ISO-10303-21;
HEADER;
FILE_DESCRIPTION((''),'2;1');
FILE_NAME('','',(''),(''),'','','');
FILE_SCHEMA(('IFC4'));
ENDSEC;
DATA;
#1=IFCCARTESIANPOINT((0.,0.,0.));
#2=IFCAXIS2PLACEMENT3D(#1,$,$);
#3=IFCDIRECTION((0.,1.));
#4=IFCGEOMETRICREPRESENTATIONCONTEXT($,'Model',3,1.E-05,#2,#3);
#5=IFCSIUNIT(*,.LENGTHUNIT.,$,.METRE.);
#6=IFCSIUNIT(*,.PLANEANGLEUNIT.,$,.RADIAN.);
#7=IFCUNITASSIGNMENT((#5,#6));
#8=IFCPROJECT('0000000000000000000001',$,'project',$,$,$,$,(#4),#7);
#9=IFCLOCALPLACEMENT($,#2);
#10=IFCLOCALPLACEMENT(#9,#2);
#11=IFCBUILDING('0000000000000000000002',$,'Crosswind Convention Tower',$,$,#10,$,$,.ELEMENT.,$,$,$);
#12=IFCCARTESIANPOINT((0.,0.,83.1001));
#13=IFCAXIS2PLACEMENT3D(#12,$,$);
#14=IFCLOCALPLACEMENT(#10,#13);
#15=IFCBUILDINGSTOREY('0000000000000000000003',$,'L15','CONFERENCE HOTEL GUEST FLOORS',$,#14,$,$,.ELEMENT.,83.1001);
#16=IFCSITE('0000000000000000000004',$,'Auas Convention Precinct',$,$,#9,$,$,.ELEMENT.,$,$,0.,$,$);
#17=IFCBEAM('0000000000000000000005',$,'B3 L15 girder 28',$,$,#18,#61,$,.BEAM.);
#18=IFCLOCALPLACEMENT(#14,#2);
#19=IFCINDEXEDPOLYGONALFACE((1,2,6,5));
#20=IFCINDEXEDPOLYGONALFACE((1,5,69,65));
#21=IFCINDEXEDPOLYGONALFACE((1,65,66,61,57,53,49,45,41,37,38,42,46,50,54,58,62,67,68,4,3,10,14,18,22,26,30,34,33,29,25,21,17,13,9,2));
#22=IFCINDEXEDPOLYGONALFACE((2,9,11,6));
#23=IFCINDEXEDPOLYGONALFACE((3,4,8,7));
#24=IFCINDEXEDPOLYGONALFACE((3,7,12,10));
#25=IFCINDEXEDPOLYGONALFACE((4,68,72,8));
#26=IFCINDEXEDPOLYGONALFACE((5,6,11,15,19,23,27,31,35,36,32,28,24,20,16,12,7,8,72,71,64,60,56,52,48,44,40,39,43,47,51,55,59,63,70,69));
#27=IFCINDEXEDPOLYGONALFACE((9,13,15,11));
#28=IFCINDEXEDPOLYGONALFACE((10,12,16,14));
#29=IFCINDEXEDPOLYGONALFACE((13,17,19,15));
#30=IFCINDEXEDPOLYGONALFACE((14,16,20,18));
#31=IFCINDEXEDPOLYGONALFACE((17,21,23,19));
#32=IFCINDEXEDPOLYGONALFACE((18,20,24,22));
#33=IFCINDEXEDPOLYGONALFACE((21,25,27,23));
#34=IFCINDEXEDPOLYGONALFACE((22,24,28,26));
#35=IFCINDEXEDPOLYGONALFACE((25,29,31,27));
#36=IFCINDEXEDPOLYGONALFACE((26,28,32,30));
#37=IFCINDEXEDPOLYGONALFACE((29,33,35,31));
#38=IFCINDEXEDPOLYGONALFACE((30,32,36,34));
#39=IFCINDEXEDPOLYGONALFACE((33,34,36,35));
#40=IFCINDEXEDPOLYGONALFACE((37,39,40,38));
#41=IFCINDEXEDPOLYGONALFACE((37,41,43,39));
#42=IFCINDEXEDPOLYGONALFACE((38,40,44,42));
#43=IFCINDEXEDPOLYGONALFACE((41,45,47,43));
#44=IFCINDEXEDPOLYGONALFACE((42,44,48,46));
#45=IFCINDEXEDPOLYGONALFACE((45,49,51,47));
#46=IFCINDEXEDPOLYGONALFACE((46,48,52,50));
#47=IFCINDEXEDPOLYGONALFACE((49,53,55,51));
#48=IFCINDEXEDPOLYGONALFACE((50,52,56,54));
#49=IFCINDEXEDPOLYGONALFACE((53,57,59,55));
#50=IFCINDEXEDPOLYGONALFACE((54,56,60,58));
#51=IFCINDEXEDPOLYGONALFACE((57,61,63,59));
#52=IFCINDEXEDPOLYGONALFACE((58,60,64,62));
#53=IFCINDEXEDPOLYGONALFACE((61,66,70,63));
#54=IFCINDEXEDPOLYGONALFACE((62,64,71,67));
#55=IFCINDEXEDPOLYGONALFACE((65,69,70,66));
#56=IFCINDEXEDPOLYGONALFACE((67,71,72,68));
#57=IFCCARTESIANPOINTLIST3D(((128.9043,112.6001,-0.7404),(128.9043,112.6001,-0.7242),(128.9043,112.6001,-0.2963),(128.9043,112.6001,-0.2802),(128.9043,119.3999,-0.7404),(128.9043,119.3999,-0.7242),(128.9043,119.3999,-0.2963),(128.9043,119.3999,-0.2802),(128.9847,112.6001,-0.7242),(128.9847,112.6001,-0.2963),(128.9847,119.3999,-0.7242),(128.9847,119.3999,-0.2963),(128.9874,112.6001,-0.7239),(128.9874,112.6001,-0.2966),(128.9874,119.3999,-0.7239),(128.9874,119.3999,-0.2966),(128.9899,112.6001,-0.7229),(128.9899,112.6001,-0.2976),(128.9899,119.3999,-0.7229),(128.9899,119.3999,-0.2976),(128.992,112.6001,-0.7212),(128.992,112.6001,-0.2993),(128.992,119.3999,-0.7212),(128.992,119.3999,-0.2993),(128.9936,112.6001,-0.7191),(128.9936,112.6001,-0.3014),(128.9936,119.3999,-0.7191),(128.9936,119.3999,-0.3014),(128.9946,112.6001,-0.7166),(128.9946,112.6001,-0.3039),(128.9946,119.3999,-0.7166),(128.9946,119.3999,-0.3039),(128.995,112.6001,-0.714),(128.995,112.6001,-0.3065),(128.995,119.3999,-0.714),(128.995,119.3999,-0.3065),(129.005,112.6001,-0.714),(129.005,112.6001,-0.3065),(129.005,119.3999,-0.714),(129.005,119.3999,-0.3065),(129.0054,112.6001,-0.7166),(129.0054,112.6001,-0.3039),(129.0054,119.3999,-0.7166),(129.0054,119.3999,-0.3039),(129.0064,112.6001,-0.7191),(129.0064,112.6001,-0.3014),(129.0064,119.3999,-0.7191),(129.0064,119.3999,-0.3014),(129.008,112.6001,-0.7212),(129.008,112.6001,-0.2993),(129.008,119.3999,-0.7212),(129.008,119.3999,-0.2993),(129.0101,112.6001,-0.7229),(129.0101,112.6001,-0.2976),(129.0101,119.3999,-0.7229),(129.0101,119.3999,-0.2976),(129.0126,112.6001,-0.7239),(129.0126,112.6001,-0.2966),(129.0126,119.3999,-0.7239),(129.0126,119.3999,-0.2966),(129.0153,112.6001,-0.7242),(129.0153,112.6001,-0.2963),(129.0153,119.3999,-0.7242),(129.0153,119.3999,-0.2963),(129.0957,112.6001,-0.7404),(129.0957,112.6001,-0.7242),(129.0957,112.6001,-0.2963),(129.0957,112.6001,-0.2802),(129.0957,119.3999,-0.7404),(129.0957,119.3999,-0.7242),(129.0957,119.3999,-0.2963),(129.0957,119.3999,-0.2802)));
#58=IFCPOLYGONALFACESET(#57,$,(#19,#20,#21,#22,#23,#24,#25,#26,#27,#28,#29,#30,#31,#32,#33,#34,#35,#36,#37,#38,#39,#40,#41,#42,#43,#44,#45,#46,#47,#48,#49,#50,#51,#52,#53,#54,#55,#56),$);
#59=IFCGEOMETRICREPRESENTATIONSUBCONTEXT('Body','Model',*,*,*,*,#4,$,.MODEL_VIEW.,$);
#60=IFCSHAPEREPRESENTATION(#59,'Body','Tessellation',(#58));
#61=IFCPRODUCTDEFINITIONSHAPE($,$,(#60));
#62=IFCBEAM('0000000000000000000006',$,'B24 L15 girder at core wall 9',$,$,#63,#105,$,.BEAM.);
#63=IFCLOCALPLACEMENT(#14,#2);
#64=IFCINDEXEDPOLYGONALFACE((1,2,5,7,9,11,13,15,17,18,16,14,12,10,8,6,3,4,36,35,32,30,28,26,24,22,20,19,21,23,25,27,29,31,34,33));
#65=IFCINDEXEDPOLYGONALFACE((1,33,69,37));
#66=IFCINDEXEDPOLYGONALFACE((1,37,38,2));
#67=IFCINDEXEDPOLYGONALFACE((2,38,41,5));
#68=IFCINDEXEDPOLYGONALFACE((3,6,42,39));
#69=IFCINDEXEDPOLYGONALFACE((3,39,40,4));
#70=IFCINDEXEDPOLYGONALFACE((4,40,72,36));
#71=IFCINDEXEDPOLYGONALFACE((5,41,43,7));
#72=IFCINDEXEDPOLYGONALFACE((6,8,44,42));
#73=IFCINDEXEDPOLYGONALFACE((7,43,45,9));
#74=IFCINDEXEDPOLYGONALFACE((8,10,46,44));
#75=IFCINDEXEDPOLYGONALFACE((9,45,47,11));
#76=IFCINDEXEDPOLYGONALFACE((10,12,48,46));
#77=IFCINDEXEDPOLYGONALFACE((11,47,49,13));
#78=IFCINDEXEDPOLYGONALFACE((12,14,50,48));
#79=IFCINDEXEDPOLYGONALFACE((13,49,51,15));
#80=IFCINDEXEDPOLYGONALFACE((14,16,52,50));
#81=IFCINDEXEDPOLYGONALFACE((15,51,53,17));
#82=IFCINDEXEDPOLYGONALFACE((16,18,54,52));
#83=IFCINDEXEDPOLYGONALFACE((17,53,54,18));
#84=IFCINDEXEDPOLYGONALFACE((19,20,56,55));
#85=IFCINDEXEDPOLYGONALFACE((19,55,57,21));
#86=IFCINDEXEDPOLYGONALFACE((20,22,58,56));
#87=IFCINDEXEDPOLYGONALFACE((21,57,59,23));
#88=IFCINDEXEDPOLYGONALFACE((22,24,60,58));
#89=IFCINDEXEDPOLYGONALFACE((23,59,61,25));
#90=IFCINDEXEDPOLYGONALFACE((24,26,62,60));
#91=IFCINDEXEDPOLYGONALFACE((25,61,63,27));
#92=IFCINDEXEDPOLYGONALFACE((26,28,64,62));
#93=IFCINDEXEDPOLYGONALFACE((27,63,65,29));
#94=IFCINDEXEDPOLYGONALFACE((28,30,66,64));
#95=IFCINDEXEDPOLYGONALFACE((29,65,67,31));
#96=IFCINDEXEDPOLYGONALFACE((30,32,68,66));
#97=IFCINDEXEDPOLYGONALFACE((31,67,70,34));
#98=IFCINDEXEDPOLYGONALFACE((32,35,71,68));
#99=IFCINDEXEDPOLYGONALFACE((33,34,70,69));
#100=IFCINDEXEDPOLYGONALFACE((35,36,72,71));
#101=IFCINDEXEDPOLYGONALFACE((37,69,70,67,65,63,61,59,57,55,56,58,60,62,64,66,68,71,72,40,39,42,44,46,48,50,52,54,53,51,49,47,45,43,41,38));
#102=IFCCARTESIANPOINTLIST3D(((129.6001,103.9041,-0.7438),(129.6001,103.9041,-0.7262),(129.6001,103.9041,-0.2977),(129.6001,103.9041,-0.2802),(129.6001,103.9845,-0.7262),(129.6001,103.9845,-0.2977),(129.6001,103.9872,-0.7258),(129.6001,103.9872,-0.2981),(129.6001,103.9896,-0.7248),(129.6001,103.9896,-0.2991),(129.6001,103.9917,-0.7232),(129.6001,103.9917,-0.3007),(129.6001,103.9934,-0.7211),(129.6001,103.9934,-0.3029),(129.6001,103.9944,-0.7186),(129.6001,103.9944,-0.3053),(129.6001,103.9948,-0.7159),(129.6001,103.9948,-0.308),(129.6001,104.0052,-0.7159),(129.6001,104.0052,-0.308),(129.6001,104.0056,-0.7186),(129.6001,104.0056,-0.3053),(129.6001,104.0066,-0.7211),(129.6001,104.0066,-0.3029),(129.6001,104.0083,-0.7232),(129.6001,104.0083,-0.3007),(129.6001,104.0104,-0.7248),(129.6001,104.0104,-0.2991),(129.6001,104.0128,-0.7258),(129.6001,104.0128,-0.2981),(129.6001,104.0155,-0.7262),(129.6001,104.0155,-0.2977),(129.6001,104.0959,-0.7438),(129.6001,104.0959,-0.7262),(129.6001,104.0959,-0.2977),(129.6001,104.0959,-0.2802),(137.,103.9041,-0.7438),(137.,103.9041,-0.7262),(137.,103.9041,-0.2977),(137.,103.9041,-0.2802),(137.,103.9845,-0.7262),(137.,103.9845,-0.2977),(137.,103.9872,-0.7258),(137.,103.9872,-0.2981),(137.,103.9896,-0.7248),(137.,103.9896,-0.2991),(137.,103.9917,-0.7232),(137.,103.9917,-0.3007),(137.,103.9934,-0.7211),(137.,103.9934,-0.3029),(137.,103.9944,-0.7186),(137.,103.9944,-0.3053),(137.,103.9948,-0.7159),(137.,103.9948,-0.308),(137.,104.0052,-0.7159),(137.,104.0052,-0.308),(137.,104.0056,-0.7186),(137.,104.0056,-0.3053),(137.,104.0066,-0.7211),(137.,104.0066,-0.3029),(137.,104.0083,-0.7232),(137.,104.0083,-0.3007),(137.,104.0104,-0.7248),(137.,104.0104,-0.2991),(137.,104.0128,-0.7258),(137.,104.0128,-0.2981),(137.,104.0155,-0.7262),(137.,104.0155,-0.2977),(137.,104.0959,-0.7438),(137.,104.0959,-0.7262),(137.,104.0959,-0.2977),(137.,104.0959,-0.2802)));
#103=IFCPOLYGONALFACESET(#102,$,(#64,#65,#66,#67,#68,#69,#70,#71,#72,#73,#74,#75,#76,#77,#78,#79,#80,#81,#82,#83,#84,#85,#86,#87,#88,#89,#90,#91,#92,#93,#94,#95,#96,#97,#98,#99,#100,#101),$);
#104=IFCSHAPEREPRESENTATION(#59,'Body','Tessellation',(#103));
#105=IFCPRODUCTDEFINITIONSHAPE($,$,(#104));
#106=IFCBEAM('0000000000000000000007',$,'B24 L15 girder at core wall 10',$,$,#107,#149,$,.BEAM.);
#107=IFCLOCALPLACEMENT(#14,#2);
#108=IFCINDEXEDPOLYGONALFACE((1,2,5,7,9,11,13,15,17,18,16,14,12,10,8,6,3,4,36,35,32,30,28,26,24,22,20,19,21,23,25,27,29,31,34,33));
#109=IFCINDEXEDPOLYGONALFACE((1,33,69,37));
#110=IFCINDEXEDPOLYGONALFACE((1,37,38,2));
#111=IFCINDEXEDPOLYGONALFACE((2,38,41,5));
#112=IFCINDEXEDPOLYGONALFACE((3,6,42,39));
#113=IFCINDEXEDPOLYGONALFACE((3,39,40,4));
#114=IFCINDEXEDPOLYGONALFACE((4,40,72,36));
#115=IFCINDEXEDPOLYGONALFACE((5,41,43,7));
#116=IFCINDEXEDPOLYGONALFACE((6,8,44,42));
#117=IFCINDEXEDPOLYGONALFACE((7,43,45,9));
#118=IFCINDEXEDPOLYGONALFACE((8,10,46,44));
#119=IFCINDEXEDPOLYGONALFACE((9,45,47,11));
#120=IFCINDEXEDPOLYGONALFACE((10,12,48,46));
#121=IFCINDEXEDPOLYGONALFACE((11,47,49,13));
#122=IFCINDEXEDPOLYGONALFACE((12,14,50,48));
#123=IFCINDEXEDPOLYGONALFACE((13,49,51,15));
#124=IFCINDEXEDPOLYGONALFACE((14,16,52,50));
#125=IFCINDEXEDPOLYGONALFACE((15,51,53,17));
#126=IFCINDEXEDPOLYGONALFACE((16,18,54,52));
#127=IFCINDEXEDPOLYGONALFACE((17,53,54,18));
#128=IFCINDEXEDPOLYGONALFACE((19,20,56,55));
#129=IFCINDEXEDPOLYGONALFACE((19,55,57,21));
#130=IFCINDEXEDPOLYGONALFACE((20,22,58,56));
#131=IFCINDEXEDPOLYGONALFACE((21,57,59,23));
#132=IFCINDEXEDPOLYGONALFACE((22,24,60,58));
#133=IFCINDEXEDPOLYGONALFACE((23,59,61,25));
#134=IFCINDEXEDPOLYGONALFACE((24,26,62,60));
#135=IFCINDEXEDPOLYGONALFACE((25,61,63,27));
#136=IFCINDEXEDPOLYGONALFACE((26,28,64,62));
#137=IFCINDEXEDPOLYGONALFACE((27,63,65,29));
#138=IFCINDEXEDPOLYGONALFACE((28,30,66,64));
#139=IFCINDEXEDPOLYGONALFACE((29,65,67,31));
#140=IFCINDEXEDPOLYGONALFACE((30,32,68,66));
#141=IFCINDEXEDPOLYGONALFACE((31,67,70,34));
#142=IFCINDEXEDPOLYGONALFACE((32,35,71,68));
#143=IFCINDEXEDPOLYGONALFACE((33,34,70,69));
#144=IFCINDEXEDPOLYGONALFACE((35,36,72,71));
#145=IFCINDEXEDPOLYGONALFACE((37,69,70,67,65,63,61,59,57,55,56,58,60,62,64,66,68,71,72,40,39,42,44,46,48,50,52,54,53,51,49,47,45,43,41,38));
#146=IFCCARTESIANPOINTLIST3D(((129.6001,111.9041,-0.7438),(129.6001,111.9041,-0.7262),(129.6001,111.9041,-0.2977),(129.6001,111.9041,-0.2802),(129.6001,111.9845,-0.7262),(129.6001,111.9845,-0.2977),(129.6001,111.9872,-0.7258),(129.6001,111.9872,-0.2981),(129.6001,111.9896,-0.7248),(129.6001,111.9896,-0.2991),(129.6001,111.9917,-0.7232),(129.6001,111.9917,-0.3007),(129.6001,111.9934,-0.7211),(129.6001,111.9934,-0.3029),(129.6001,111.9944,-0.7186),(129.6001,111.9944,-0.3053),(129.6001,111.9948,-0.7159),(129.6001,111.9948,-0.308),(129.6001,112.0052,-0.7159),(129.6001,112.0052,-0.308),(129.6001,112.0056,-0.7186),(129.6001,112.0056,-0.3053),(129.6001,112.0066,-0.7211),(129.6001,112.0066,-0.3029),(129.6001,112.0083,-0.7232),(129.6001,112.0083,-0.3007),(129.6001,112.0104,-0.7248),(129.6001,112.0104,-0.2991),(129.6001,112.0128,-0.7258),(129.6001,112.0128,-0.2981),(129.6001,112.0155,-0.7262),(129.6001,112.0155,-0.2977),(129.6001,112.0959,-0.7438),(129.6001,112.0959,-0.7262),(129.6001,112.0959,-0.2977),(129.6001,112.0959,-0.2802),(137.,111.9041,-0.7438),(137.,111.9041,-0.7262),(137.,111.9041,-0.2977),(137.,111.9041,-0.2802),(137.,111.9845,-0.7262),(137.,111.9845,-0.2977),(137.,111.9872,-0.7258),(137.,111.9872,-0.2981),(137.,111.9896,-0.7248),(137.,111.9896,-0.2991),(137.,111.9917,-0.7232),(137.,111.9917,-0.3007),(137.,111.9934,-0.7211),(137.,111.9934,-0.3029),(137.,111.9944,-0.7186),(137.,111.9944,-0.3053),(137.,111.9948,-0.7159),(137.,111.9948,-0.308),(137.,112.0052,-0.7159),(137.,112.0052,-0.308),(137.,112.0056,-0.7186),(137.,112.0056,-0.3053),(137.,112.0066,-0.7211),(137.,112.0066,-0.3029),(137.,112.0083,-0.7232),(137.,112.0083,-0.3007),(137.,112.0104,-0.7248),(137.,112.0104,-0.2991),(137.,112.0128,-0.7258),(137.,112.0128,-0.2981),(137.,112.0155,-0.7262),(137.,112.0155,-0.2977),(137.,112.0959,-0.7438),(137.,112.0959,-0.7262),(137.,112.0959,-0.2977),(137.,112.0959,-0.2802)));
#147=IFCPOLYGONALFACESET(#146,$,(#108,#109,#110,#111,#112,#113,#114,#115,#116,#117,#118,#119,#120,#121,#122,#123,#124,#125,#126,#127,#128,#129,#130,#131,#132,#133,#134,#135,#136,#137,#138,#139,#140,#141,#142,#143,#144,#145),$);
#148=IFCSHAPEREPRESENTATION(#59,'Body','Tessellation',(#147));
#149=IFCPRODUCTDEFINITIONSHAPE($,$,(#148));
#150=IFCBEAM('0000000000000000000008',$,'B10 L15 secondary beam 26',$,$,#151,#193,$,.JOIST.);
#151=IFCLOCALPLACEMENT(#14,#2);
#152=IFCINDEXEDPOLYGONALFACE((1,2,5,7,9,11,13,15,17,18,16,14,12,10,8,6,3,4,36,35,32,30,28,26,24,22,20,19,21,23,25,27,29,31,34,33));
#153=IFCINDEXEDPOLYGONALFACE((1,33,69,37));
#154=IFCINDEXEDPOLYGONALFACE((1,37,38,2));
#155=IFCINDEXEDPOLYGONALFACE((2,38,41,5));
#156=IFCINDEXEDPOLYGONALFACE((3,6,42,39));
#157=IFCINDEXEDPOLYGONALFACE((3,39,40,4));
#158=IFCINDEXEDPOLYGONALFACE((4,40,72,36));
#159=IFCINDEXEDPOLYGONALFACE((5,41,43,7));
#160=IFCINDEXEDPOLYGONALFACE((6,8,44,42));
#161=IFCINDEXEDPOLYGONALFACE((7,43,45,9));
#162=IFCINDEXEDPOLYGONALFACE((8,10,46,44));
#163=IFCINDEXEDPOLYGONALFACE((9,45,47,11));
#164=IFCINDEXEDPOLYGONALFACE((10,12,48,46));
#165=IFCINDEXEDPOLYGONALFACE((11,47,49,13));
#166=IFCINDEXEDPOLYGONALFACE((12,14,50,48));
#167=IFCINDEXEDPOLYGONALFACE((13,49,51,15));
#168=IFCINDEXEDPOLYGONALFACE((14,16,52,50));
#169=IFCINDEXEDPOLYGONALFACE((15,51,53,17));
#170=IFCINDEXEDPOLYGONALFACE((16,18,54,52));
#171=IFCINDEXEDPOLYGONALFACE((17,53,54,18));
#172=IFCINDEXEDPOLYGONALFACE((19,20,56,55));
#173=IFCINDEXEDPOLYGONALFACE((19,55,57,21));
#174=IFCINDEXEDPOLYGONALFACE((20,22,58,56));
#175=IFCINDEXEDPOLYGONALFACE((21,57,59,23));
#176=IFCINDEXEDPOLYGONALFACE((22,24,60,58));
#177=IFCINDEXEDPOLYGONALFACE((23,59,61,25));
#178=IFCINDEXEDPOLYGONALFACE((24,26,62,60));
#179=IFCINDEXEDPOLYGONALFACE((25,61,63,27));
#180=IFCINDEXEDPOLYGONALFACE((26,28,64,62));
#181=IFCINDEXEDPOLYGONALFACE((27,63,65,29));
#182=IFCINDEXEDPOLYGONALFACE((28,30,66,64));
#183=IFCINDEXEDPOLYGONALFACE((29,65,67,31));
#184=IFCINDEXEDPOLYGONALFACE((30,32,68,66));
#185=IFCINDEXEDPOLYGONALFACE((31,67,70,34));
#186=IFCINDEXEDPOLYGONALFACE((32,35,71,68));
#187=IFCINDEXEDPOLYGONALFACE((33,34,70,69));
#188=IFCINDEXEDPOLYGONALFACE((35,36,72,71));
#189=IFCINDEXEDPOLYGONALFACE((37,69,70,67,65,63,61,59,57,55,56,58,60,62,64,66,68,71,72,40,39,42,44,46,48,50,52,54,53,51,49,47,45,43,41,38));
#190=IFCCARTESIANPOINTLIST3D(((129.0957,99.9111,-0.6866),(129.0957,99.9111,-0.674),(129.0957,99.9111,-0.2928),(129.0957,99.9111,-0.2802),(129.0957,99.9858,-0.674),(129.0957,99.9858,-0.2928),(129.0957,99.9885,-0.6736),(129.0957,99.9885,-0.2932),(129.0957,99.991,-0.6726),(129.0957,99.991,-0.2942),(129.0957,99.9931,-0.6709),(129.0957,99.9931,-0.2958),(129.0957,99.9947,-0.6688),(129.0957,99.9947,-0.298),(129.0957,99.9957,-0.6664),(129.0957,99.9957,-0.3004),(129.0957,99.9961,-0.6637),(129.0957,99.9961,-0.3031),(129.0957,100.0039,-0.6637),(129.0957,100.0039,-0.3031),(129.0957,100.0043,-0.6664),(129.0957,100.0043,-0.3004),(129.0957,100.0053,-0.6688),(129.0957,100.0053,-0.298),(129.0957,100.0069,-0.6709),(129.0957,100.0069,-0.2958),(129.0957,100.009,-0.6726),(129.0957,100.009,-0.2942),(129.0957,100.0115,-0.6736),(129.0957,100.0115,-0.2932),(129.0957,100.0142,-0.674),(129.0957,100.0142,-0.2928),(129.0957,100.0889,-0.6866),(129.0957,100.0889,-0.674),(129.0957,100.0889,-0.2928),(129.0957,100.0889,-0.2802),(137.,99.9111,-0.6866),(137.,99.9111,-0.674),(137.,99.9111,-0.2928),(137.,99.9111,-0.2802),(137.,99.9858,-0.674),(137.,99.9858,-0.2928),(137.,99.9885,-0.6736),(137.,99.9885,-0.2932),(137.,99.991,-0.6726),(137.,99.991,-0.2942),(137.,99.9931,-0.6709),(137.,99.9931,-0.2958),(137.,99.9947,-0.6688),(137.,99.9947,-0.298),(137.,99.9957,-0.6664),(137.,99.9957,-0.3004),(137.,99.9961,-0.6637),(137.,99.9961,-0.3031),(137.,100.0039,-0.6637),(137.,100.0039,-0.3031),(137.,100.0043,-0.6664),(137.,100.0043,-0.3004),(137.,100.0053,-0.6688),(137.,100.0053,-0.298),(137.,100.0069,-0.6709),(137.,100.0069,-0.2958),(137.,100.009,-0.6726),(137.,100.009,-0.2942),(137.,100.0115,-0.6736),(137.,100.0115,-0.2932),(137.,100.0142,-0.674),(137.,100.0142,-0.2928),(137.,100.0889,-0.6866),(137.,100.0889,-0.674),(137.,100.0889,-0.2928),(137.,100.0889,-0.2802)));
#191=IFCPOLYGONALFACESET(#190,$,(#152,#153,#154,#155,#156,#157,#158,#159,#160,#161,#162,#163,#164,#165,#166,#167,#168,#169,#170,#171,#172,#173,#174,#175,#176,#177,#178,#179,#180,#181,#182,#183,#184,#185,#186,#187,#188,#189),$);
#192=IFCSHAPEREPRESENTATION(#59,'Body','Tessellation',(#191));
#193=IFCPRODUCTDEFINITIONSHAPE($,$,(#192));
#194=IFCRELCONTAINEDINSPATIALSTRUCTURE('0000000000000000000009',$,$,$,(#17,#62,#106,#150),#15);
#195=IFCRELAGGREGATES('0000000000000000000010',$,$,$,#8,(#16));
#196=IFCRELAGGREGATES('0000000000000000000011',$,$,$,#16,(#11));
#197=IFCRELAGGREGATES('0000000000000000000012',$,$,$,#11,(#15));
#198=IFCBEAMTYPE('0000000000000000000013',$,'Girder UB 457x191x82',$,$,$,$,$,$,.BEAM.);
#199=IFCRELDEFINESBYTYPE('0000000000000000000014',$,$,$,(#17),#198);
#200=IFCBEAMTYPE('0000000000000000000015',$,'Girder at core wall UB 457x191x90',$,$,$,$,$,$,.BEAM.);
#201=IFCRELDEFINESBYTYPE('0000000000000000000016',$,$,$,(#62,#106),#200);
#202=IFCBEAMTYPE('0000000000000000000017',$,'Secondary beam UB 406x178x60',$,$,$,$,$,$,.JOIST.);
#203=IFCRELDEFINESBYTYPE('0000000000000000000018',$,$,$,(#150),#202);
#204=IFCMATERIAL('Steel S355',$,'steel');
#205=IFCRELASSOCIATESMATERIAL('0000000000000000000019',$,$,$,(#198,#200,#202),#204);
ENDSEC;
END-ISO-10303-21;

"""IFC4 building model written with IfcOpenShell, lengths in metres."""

from ifc_helpers import new_model, si_unit, direction, frame, origin, origin_2d, place, context, subcontext, project, spatial, i_section, extrude, material, material_profile, profile_set, type_object, element, save


model = new_model("IFC4")

# Units and contexts
model_context = context("Model", 3, precision=1e-05, world=origin(), true_north=direction((0.0, 1.0)))
body_context = subcontext(model_context, "Body", "Model", "MODEL_VIEW")
ifc_project = project(units=[si_unit("LENGTHUNIT", "METRE"), si_unit("PLANEANGLEUNIT", "RADIAN")], contexts=[model_context])

# Site, building, storey
site_placement = place(None, origin())
site = spatial("IfcSite", under=ifc_project, at=site_placement, Name="Auas Convention Precinct", CompositionType="ELEMENT", RefElevation=0.0)
building_placement = place(site_placement, origin())
building = spatial("IfcBuilding", under=site, at=building_placement, Name="Crosswind Convention Tower", CompositionType="ELEMENT")
storey_placement = place(building_placement, frame((0.0, 0.0, 83.1001)))
storey = spatial("IfcBuildingStorey", under=building, at=storey_placement, Name="L15", Description="CONFERENCE HOTEL GUEST FLOORS", CompositionType="ELEMENT", Elevation=83.1001)

# Beams
ifc_material_1 = material(Name="Steel S355", Category="steel")
ifc_material_profile_1 = material_profile(ifc_material_1, i_section(OverallWidth=0.1914, OverallDepth=0.4602, WebThickness=0.01, FlangeThickness=0.0161, FilletRadius=0.0103, at=origin_2d()), Name="UB 457x191x82")
ifc_profile_set_1 = profile_set([ifc_material_profile_1], Name="Steel S355")
beam_type_1 = type_object("IfcBeamType", Name="Girder UB 457x191x82", PredefinedType="BEAM", material=ifc_profile_set_1)
for number, where, z_axis, x_axis, name in (
    (1, (129.0, 112.6001, -0.5103), (0.0, 1.0, 0.0), (-1.0, 0.0, 0.0), "B3 L15 girder 28"),
):
    element("IfcBeam", number, at=place(storey_placement, frame(where, z_axis=z_axis, x_axis=x_axis)), inside=storey, type_object=beam_type_1, Name=name, PredefinedType="BEAM", context=body_context, shape_type="SweptSolid", body=[
        extrude(i_section(OverallWidth=0.1914, OverallDepth=0.4602, WebThickness=0.01, FlangeThickness=0.0161, FilletRadius=0.0103, at=origin_2d()), origin(), (0.0, 0.0, 1.0), 6.7998),
    ])
ifc_material_profile_2 = material_profile(ifc_material_1, i_section(OverallWidth=0.1919, OverallDepth=0.4636, WebThickness=0.0105, FlangeThickness=0.0176, FilletRadius=0.0103, at=origin_2d()), Name="UB 457x191x90")
ifc_profile_set_2 = profile_set([ifc_material_profile_2], Name="Steel S355")
beam_type_2 = type_object("IfcBeamType", Name="Girder at core wall UB 457x191x90", PredefinedType="BEAM", material=ifc_profile_set_2)
for number, where, z_axis, x_axis, name in (
    (2, (129.6001, 104.0, -0.512), (1.0, 0.0, 0.0), (0.0, 1.0, 0.0), "B24 L15 girder at core wall 9"),
    (3, (129.6001, 112.0, -0.512), (1.0, 0.0, 0.0), (0.0, 1.0, 0.0), "B24 L15 girder at core wall 10"),
):
    element("IfcBeam", number, at=place(storey_placement, frame(where, z_axis=z_axis, x_axis=x_axis)), inside=storey, type_object=beam_type_2, Name=name, PredefinedType="BEAM", context=body_context, shape_type="SweptSolid", body=[
        extrude(i_section(OverallWidth=0.1919, OverallDepth=0.4636, WebThickness=0.0105, FlangeThickness=0.0176, FilletRadius=0.0103, at=origin_2d()), origin(), (0.0, 0.0, 1.0), 7.3999),
    ])
ifc_material_profile_3 = material_profile(ifc_material_1, i_section(OverallWidth=0.1777, OverallDepth=0.4065, WebThickness=0.0078, FlangeThickness=0.0127, FilletRadius=0.0103, at=origin_2d()), Name="UB 406x178x60")
ifc_profile_set_3 = profile_set([ifc_material_profile_3], Name="Steel S355")
beam_type_3 = type_object("IfcBeamType", Name="Secondary beam UB 406x178x60", PredefinedType="JOIST", material=ifc_profile_set_3)
for number, where, z_axis, x_axis, name in (
    (4, (129.0957, 100.0, -0.4834), (1.0, 0.0, 0.0), (0.0, 1.0, 0.0), "B10 L15 secondary beam 26"),
):
    element("IfcBeam", number, at=place(storey_placement, frame(where, z_axis=z_axis, x_axis=x_axis)), inside=storey, type_object=beam_type_3, Name=name, PredefinedType="JOIST", context=body_context, shape_type="SweptSolid", body=[
        extrude(i_section(OverallWidth=0.1777, OverallDepth=0.4065, WebThickness=0.0078, FlangeThickness=0.0127, FilletRadius=0.0103, at=origin_2d()), origin(), (0.0, 0.0, 1.0), 7.9043),
    ])

save(model, "model.ifc")
